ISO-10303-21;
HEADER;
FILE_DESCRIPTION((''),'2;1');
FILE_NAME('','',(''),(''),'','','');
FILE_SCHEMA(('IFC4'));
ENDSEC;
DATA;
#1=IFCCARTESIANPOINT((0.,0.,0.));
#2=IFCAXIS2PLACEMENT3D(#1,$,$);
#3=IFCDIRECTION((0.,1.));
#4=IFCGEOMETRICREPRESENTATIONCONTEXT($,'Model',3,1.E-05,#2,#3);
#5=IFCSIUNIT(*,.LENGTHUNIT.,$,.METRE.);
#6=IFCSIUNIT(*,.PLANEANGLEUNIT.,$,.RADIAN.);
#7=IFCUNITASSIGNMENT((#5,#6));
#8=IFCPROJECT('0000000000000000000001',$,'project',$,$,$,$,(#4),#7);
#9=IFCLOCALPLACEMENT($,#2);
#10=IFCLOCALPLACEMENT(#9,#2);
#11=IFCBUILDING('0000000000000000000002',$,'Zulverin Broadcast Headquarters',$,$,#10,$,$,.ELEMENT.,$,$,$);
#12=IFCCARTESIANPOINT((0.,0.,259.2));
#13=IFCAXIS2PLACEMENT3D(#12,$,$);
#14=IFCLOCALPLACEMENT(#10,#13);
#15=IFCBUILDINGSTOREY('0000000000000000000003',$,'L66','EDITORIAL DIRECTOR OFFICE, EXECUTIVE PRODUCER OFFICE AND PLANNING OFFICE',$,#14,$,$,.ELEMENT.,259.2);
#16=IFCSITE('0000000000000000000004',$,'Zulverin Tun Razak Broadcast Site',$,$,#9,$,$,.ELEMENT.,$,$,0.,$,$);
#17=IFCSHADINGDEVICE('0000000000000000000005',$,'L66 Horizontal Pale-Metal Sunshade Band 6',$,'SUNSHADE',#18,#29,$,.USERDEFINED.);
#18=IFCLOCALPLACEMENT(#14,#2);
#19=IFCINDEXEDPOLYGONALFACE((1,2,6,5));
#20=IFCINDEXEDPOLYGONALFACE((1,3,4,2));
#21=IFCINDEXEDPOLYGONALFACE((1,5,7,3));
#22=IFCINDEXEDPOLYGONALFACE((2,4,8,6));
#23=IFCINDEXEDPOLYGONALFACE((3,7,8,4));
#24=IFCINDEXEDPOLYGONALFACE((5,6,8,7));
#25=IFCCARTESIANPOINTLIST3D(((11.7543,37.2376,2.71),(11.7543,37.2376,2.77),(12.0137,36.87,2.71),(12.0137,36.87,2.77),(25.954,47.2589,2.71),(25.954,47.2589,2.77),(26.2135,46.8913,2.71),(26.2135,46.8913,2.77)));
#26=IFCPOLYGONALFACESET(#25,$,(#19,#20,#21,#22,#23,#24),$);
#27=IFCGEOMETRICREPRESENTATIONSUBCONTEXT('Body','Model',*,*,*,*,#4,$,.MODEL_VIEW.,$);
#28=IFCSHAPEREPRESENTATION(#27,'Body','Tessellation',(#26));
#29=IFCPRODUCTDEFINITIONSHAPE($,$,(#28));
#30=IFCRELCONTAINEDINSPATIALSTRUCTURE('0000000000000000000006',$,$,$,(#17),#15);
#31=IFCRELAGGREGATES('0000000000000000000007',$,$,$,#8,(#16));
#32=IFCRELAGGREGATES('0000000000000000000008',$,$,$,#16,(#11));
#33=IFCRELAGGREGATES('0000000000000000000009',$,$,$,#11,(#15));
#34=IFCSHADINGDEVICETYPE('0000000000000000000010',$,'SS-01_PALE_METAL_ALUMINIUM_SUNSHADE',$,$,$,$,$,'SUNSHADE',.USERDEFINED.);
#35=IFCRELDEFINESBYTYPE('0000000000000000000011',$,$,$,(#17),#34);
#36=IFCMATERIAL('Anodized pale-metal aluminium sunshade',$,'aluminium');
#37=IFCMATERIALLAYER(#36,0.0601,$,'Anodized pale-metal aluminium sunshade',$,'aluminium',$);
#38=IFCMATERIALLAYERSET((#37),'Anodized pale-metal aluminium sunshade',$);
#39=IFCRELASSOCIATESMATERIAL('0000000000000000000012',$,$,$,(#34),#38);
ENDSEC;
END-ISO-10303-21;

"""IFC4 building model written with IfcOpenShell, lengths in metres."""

from ifc_helpers import new_model, si_unit, direction, frame, origin, origin_2d, place, context, subcontext, project, spatial, rectangle, extrude, material, layer, layer_set, type_object, element, save


model = new_model("IFC4")

# Units and contexts
model_context = context("Model", 3, precision=1e-05, world=origin(), true_north=direction((0.0, 1.0)))
body_context = subcontext(model_context, "Body", "Model", "MODEL_VIEW")
ifc_project = project(units=[si_unit("LENGTHUNIT", "METRE"), si_unit("PLANEANGLEUNIT", "RADIAN")], contexts=[model_context])

# Site, building, storey
site_placement = place(None, origin())
site = spatial("IfcSite", under=ifc_project, at=site_placement, Name="Zulverin Tun Razak Broadcast Site", CompositionType="ELEMENT", RefElevation=0.0)
building_placement = place(site_placement, origin())
building = spatial("IfcBuilding", under=site, at=building_placement, Name="Zulverin Broadcast Headquarters", CompositionType="ELEMENT")
storey_placement = place(building_placement, frame((0.0, 0.0, 259.2)))
storey = spatial("IfcBuildingStorey", under=building, at=storey_placement, Name="L66", Description="EDITORIAL DIRECTOR OFFICE, EXECUTIVE PRODUCER OFFICE AND PLANNING OFFICE", CompositionType="ELEMENT", Elevation=259.2)

# Shading device
ifc_material_1 = material(Name="Anodized pale-metal aluminium sunshade", Category="aluminium")
ifc_layer_1 = layer(ifc_material_1, 0.0601, Name="Anodized pale-metal aluminium sunshade", Category="aluminium")
ifc_layer_set_1 = layer_set([ifc_layer_1], Name="Anodized pale-metal aluminium sunshade")
shading_device_type_1 = type_object("IfcShadingDeviceType", Name="SS-01_PALE_METAL_ALUMINIUM_SUNSHADE", ElementType="SUNSHADE", PredefinedType="USERDEFINED", material=ifc_layer_set_1)
shading_device_1_placement = place(storey_placement, frame((18.9839, 42.0645, 2.71), z_axis=(0.0, 0.0, 1.0), x_axis=(-0.817023, -0.576605, 0.0)))
element("IfcShadingDevice", 1, at=shading_device_1_placement, inside=storey, type_object=shading_device_type_1, Name="L66 Horizontal Pale-Metal Sunshade Band 6", ObjectType="SUNSHADE", PredefinedType="USERDEFINED", context=body_context, shape_type="SweptSolid", body=[
    extrude(rectangle(XDim=17.3799, YDim=0.45, at=origin_2d()), origin(), (0.0, 0.0, 1.0), 0.0601),
])

save(model, "model.ifc")
